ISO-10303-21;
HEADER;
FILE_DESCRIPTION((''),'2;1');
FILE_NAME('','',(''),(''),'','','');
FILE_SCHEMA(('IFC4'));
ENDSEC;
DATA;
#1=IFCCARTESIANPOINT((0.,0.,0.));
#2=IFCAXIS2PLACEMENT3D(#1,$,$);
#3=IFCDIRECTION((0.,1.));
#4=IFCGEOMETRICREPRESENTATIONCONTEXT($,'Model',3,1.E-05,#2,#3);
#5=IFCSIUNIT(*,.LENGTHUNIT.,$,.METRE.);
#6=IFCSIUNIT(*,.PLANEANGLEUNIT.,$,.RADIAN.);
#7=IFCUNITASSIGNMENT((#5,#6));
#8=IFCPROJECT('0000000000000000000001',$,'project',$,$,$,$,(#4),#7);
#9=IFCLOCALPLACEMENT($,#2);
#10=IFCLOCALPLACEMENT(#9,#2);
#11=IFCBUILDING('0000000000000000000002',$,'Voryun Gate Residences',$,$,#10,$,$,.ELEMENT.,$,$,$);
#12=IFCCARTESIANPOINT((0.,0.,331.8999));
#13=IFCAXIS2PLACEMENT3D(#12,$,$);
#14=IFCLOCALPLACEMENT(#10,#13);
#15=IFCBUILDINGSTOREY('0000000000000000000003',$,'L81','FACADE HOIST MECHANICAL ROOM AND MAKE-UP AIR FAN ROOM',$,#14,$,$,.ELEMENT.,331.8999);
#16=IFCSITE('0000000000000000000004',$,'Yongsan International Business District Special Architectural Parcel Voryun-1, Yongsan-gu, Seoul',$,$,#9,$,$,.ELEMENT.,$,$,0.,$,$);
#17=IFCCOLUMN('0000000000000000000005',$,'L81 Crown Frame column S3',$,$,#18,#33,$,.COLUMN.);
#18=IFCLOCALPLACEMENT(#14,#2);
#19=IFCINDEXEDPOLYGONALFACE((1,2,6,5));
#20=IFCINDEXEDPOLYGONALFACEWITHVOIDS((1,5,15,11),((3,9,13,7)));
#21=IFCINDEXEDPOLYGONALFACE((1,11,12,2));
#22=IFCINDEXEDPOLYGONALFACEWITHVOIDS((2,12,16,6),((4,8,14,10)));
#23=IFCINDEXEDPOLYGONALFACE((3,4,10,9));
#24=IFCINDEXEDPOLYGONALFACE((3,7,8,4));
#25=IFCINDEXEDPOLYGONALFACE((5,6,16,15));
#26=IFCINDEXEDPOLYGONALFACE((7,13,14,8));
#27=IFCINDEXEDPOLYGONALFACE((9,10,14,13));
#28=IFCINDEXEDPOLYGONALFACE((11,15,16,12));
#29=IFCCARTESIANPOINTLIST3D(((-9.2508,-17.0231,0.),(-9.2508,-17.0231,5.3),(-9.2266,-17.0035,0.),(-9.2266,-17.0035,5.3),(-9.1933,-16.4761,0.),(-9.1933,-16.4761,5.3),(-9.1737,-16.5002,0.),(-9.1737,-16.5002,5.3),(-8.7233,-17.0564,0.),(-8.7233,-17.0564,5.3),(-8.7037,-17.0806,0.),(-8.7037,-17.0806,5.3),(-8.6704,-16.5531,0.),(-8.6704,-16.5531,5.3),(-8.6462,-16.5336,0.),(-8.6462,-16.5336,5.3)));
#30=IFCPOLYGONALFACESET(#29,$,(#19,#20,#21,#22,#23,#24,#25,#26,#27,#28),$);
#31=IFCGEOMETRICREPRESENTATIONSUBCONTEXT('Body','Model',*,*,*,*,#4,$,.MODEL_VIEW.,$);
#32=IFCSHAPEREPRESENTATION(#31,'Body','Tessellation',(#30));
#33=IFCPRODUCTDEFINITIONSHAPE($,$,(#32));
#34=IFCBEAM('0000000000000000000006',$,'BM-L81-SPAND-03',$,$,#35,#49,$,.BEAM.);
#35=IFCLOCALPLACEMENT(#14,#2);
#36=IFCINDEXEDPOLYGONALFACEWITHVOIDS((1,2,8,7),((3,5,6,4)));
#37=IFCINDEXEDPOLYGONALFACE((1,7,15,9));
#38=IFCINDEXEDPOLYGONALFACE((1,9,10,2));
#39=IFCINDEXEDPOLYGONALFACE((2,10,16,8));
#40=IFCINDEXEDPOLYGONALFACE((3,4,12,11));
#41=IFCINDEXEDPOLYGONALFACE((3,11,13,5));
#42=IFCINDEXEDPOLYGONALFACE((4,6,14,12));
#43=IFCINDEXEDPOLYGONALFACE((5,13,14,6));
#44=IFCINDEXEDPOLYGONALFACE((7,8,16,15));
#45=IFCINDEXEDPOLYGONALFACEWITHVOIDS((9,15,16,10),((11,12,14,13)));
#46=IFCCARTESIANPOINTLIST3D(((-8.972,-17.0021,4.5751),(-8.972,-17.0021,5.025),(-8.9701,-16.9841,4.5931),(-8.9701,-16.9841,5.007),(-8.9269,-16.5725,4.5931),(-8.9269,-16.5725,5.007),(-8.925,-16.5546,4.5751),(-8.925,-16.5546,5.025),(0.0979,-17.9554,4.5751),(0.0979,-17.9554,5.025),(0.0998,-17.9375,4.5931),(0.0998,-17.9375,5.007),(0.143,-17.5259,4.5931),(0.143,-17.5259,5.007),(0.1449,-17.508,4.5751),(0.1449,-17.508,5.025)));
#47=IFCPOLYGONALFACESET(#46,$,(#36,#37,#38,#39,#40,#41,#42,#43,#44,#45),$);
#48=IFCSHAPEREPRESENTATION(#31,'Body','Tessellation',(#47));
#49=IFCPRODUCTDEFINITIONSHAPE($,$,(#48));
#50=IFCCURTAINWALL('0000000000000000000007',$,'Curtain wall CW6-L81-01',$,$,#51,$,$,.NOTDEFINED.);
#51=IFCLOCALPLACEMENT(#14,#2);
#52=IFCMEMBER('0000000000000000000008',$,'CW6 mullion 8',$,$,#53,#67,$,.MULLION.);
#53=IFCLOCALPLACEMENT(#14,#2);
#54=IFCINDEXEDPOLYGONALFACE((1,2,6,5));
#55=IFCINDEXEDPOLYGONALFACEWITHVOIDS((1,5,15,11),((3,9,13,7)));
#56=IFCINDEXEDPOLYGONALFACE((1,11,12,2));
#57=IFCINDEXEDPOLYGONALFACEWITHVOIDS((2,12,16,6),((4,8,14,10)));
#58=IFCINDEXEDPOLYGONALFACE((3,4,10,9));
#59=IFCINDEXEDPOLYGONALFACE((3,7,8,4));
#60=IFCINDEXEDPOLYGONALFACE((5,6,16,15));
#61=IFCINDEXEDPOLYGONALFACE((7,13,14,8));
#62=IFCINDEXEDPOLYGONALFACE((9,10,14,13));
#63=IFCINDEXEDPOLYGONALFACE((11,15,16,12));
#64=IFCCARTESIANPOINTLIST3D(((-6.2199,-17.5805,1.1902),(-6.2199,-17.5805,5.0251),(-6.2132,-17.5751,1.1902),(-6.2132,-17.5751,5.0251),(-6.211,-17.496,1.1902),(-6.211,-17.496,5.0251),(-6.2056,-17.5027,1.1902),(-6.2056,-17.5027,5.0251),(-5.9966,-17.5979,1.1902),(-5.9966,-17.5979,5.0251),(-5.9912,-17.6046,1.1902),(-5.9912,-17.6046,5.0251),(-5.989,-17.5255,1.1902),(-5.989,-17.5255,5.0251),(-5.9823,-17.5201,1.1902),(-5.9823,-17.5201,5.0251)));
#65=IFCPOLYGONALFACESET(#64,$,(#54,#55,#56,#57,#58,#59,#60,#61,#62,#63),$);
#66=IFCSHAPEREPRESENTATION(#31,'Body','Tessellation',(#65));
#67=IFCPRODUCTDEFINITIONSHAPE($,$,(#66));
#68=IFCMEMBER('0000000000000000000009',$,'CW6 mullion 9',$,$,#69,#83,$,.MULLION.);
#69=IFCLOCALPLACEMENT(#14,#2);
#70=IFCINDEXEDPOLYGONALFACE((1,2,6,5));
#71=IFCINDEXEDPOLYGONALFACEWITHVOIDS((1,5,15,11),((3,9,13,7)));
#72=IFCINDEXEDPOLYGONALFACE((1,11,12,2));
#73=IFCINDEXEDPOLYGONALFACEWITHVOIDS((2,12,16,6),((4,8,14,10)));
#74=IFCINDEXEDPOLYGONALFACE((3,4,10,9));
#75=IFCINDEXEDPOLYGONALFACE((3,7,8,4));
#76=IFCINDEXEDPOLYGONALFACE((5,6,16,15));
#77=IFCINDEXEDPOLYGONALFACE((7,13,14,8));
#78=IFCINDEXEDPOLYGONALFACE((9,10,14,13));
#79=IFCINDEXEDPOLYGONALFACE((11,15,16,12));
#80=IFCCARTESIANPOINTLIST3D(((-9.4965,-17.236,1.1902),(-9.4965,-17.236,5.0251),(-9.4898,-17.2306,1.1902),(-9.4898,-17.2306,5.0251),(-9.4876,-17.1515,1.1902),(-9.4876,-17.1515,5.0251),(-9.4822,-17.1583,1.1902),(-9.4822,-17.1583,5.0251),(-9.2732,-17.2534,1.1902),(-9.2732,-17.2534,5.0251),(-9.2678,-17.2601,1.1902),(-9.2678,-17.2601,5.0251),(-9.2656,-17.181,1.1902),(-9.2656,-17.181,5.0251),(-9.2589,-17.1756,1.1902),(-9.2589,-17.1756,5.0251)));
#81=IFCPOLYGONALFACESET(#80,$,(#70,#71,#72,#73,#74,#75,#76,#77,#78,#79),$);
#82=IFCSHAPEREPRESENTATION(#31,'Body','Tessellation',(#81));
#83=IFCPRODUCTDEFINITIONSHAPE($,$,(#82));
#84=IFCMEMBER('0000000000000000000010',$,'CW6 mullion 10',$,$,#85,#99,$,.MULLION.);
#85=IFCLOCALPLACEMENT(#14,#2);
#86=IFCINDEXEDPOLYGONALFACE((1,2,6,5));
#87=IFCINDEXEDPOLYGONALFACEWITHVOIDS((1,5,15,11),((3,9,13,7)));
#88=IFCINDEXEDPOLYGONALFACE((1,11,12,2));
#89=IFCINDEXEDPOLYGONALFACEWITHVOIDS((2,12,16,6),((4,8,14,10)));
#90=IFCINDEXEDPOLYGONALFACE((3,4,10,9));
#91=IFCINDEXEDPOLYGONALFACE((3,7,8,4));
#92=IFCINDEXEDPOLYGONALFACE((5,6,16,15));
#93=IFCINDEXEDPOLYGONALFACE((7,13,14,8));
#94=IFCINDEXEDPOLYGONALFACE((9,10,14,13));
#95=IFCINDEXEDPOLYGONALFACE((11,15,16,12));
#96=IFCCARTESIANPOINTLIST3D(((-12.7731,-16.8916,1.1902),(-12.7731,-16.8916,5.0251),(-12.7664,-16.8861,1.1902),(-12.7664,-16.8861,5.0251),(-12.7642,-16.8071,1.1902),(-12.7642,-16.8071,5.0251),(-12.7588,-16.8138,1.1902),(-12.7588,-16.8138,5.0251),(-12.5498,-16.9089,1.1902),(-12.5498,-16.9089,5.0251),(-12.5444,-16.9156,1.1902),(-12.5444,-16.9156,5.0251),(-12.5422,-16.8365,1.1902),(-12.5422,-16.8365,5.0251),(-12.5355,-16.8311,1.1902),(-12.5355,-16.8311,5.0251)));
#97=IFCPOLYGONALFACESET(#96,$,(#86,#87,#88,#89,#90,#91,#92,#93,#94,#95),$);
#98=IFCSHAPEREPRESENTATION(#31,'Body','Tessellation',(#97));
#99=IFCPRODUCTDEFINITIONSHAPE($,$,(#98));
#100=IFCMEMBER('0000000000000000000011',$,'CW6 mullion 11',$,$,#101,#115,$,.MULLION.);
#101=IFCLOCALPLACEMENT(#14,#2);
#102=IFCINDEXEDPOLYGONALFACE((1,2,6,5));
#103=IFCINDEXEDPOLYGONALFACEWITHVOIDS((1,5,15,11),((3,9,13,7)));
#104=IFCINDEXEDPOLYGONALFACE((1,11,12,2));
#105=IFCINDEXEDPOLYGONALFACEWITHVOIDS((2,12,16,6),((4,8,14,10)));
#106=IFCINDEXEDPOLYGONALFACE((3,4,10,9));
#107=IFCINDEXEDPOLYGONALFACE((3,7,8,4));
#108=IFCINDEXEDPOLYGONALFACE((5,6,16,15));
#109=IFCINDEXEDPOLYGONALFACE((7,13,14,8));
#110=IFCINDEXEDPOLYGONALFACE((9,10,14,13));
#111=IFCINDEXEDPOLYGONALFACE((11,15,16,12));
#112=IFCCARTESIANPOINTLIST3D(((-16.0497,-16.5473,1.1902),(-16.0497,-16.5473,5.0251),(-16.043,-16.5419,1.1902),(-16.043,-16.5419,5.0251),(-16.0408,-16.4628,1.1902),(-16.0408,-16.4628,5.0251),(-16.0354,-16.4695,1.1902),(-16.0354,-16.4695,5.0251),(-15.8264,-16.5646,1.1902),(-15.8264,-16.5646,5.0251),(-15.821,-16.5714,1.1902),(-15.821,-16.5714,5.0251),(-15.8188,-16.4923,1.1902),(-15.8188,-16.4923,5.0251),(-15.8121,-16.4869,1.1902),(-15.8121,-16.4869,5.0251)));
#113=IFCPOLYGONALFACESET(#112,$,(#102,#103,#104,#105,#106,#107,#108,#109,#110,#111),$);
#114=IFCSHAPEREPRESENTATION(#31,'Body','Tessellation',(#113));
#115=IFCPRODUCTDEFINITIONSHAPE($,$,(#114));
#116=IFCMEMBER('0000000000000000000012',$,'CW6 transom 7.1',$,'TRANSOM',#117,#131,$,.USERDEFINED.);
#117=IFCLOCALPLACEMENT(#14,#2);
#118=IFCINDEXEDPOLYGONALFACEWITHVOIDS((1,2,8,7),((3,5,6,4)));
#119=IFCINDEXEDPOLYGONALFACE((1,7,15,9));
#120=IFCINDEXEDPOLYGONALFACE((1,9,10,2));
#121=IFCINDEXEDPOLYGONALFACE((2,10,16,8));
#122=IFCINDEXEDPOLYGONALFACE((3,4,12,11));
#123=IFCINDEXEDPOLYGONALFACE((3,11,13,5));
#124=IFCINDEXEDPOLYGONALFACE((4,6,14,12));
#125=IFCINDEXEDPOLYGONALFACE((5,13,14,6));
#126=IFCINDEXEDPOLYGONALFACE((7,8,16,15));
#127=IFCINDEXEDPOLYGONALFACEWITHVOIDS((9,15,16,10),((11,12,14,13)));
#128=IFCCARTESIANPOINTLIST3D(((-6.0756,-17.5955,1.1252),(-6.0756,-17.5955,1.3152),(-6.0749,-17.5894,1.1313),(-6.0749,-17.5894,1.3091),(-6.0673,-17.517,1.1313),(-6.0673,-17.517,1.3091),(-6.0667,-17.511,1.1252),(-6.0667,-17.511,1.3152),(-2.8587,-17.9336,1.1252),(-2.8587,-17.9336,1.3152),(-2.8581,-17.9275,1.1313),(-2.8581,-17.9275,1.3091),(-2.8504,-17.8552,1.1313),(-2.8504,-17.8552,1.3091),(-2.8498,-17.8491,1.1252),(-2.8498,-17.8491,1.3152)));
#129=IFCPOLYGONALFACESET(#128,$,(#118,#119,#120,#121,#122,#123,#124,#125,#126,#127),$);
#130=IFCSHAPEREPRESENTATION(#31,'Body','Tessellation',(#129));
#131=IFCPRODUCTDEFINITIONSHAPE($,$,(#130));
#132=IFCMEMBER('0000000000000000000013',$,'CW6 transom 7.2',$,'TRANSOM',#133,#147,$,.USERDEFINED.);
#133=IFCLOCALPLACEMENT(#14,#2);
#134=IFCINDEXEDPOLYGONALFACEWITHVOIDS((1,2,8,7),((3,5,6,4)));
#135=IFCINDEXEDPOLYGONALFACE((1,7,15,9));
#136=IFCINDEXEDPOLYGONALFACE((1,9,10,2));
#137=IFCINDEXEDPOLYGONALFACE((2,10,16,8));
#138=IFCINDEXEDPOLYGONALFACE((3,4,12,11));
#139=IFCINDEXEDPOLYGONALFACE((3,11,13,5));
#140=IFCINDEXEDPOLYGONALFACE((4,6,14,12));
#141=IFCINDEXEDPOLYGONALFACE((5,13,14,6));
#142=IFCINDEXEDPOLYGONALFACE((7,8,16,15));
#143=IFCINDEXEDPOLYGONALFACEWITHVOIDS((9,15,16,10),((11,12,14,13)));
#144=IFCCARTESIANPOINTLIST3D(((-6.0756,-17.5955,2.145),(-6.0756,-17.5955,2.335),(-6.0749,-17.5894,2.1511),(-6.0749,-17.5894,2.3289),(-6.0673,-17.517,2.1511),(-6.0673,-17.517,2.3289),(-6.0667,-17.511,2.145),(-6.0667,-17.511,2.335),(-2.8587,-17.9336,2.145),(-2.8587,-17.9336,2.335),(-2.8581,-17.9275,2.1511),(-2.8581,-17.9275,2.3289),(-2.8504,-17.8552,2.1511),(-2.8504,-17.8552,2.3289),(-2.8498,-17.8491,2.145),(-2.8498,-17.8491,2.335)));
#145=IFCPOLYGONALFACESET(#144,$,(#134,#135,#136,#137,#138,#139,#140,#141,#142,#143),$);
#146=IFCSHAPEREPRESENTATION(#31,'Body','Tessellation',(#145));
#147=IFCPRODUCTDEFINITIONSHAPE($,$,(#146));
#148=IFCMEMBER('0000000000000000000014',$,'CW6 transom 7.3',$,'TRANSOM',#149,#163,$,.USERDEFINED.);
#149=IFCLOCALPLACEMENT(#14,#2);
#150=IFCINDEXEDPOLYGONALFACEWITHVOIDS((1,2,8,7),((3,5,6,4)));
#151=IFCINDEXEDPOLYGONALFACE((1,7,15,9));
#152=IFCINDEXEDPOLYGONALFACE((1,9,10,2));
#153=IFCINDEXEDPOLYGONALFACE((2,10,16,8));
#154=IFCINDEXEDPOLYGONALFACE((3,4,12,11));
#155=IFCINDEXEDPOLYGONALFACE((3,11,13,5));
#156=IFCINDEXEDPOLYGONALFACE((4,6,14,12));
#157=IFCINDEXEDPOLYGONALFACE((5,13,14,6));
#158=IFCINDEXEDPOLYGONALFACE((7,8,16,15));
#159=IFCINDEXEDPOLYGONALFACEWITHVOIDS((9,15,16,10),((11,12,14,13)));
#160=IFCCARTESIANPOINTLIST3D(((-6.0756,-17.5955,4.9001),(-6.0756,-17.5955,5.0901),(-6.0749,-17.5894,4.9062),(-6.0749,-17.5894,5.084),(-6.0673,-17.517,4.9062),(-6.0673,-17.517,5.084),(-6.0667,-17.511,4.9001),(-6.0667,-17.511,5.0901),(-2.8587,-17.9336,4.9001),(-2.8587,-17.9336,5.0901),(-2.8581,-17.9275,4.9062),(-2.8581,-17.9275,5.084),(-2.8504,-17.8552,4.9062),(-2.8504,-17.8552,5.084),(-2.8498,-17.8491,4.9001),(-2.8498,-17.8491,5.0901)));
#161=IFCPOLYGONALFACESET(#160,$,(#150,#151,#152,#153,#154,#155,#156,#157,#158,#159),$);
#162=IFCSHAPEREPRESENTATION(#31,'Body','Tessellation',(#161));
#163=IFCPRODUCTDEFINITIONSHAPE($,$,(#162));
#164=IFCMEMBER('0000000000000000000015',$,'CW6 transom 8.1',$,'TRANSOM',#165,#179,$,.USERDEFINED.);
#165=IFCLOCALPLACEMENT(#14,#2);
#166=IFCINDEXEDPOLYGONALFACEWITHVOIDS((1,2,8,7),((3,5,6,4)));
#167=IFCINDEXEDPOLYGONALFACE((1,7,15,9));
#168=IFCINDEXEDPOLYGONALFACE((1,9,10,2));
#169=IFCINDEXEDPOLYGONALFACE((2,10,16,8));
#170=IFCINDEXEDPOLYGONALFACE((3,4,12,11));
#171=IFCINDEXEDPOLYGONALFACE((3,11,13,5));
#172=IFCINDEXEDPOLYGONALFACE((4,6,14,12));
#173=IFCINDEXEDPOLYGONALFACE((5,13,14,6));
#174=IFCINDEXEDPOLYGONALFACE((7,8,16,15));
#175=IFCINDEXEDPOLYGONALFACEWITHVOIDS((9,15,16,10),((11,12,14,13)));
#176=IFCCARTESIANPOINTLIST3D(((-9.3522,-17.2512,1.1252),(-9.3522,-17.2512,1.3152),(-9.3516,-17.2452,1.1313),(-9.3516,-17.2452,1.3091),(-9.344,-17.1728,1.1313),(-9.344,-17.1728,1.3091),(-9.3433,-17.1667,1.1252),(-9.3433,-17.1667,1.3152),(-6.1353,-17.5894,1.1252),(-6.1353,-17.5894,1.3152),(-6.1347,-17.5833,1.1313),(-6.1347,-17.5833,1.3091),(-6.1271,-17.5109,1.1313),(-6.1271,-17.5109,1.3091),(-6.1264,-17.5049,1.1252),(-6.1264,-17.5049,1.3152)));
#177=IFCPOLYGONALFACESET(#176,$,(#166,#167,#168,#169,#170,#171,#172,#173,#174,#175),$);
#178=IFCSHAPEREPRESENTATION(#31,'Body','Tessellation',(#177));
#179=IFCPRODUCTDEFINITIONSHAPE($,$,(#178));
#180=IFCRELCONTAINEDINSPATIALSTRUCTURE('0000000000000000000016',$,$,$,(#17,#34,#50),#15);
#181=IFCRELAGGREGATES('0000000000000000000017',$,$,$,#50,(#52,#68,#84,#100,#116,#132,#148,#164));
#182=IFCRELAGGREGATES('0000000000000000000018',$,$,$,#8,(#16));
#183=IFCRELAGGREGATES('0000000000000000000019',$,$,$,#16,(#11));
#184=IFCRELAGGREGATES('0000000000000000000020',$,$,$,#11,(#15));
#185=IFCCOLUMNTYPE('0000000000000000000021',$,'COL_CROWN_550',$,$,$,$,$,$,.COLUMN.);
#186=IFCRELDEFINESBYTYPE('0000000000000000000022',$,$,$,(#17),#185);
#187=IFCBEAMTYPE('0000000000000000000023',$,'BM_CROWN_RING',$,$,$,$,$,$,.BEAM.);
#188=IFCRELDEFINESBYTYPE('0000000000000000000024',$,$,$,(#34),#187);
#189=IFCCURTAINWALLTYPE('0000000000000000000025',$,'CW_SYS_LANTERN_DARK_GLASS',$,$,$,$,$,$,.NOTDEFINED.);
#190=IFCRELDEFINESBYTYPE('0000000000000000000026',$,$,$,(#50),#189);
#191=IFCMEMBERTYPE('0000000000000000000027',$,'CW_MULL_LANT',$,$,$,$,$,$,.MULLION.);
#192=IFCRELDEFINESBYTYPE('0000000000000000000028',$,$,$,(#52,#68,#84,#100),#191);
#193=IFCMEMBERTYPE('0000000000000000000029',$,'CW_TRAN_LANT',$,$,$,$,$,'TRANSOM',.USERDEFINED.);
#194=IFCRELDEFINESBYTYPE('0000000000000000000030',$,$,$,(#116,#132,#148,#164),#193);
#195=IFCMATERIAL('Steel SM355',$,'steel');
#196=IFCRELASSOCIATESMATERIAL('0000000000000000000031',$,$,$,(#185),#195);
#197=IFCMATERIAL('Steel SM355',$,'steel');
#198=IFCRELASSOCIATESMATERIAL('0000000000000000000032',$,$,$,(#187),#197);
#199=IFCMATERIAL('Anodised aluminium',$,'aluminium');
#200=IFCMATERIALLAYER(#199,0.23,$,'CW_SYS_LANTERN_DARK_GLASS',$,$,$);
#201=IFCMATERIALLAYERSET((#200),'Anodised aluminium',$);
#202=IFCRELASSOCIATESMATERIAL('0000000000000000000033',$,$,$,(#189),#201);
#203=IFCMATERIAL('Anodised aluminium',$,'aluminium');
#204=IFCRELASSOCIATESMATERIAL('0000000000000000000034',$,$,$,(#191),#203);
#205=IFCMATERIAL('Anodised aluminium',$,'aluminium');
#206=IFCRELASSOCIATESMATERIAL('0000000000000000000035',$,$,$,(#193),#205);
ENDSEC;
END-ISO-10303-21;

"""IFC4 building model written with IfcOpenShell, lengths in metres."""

from ifc_helpers import new_model, si_unit, direction, frame, origin, origin_2d, place, context, subcontext, project, spatial, hollow_rectangle, extrude, material, layer, layer_set, material_profile, profile_set, type_object, element, aggregate, save


model = new_model("IFC4")

# Units and contexts
model_context = context("Model", 3, precision=1e-05, world=origin(), true_north=direction((0.0, 1.0)))
body_context = subcontext(model_context, "Body", "Model", "MODEL_VIEW")
ifc_project = project(units=[si_unit("LENGTHUNIT", "METRE"), si_unit("PLANEANGLEUNIT", "RADIAN")], contexts=[model_context])

# Site, building, storey
site_placement = place(None, origin())
site = spatial("IfcSite", under=ifc_project, at=site_placement, Name="Yongsan International Business District Special Architectural Parcel Voryun-1, Yongsan-gu, Seoul", CompositionType="ELEMENT", RefElevation=0.0)
building_placement = place(site_placement, origin())
building = spatial("IfcBuilding", under=site, at=building_placement, Name="Voryun Gate Residences", CompositionType="ELEMENT")
storey_placement = place(building_placement, frame((0.0, 0.0, 331.8999)))
storey = spatial("IfcBuildingStorey", under=building, at=storey_placement, Name="L81", Description="FACADE HOIST MECHANICAL ROOM AND MAKE-UP AIR FAN ROOM", CompositionType="ELEMENT", Elevation=331.8999)

# Column
ifc_material_1 = material(Name="Steel SM355", Category="steel")
ifc_material_profile_1 = material_profile(ifc_material_1, hollow_rectangle(XDim=0.55, YDim=0.55, WallThickness=0.022, at=origin_2d()), Name="BOX-550x550x22")
ifc_profile_set_1 = profile_set([ifc_material_profile_1], Name="Steel SM355")
column_type = type_object("IfcColumnType", Name="COL_CROWN_550", PredefinedType="COLUMN", material=ifc_profile_set_1)
column_placement = place(storey_placement, frame((-8.9485, -16.7783, 0.0), z_axis=(0.0, 0.0, 1.0), x_axis=(0.994522, -0.104528, 0.0)))
element("IfcColumn", 1, at=column_placement, inside=storey, type_object=column_type, Name="L81 Crown Frame column S3", PredefinedType="COLUMN", context=body_context, shape_type="SweptSolid", body=[
    extrude(hollow_rectangle(XDim=0.55, YDim=0.55, WallThickness=0.022, at=origin_2d()), origin(), (0.0, 0.0, 1.0), 5.3),
])

# Beam
ifc_material_2 = material(Name="Steel SM355", Category="steel")
ifc_material_profile_2 = material_profile(ifc_material_2, hollow_rectangle(XDim=0.45, YDim=0.45, WallThickness=0.0181, at=origin_2d()), Name="BOX-450x450x18")
ifc_profile_set_2 = profile_set([ifc_material_profile_2], Name="Steel SM355")
beam_type = type_object("IfcBeamType", Name="BM_CROWN_RING", PredefinedType="BEAM", material=ifc_profile_set_2)
beam_placement = place(storey_placement, frame((-8.9485, -16.7783, 4.8), z_axis=(0.994521, -0.104538, 0.0), x_axis=(0.104538, 0.994521, 0.0)))
element("IfcBeam", 2, at=beam_placement, inside=storey, type_object=beam_type, Name="BM-L81-SPAND-03", PredefinedType="BEAM", context=body_context, shape_type="SweptSolid", body=[
    extrude(hollow_rectangle(XDim=0.45, YDim=0.45, WallThickness=0.0181, at=origin_2d()), origin(), (0.0, 0.0, 1.0), 9.1199),
])

# Curtain wall, members
ifc_material_3 = material(Name="Anodised aluminium", Category="aluminium")
ifc_layer_1 = layer(ifc_material_3, 0.23, Name="CW_SYS_LANTERN_DARK_GLASS")
ifc_layer_set_1 = layer_set([ifc_layer_1], Name="Anodised aluminium")
curtain_wall_type = type_object("IfcCurtainWallType", Name="CW_SYS_LANTERN_DARK_GLASS", PredefinedType="NOTDEFINED", material=ifc_layer_set_1)
curtain_wall_placement = place(storey_placement, origin())
curtain_wall = element("IfcCurtainWall", 3, at=curtain_wall_placement, inside=storey, type_object=curtain_wall_type, Name="Curtain wall CW6-L81-01", PredefinedType="NOTDEFINED")
ifc_material_4 = material(Name="Anodised aluminium", Category="aluminium")
ifc_material_profile_3 = material_profile(ifc_material_4, hollow_rectangle(XDim=0.085, YDim=0.23, WallThickness=0.0061, at=origin_2d()), Name="ALU-MULL-230x85x6")
ifc_profile_set_3 = profile_set([ifc_material_profile_3], Name="Anodised aluminium")
member_type_1 = type_object("IfcMemberType", Name="CW_MULL_LANT", PredefinedType="MULLION", material=ifc_profile_set_3)
member_1_placement = place(storey_placement, frame((-6.1011, -17.5503, 1.1902), z_axis=(0.0, 0.0, 1.0), x_axis=(-0.104528, -0.994522, 0.0)))
member_1 = element("IfcMember", 4, at=member_1_placement, type_object=member_type_1, Name="CW6 mullion 8", PredefinedType="MULLION", context=body_context, shape_type="SweptSolid", body=[
    extrude(hollow_rectangle(XDim=0.085, YDim=0.23, WallThickness=0.0061, at=origin_2d()), origin(), (0.0, 0.0, 1.0), 3.835),
])
member_2_placement = place(storey_placement, frame((-9.3777, -17.2058, 1.1902), z_axis=(0.0, 0.0, 1.0), x_axis=(-0.104528, -0.994522, 0.0)))
member_2 = element("IfcMember", 5, at=member_2_placement, type_object=member_type_1, Name="CW6 mullion 9", PredefinedType="MULLION", context=body_context, shape_type="SweptSolid", body=[
    extrude(hollow_rectangle(XDim=0.085, YDim=0.23, WallThickness=0.0061, at=origin_2d()), origin(), (0.0, 0.0, 1.0), 3.835),
])
member_3_placement = place(storey_placement, frame((-12.6543, -16.8613, 1.1902), z_axis=(0.0, 0.0, 1.0), x_axis=(-0.104528, -0.994522, 0.0)))
member_3 = element("IfcMember", 6, at=member_3_placement, type_object=member_type_1, Name="CW6 mullion 10", PredefinedType="MULLION", context=body_context, shape_type="SweptSolid", body=[
    extrude(hollow_rectangle(XDim=0.085, YDim=0.23, WallThickness=0.0061, at=origin_2d()), origin(), (0.0, 0.0, 1.0), 3.835),
])
member_4_placement = place(storey_placement, frame((-15.9309, -16.5171, 1.1902), z_axis=(0.0, 0.0, 1.0), x_axis=(-0.104528, -0.994522, 0.0)))
member_4 = element("IfcMember", 7, at=member_4_placement, type_object=member_type_1, Name="CW6 mullion 11", PredefinedType="MULLION", context=body_context, shape_type="SweptSolid", body=[
    extrude(hollow_rectangle(XDim=0.085, YDim=0.23, WallThickness=0.0061, at=origin_2d()), origin(), (0.0, 0.0, 1.0), 3.835),
])
ifc_material_5 = material(Name="Anodised aluminium", Category="aluminium")
ifc_material_profile_4 = material_profile(ifc_material_5, hollow_rectangle(XDim=0.085, YDim=0.1899, WallThickness=0.0061, at=origin_2d()), Name="ALU-TRAN-190x85x6")
ifc_profile_set_4 = profile_set([ifc_material_profile_4], Name="Anodised aluminium")
member_type_2 = type_object("IfcMemberType", Name="CW_TRAN_LANT", ElementType="TRANSOM", PredefinedType="USERDEFINED", material=ifc_profile_set_4)
member_5_placement = place(storey_placement, frame((-2.8542, -17.8914, 1.2202), z_axis=(-0.994521, 0.104539, 0.0), x_axis=(-0.104539, -0.994521, 0.0)))
member_5 = element("IfcMember", 8, at=member_5_placement, type_object=member_type_2, Name="CW6 transom 7.1", ObjectType="TRANSOM", PredefinedType="USERDEFINED", context=body_context, shape_type="SweptSolid", body=[
    extrude(hollow_rectangle(XDim=0.085, YDim=0.1899, WallThickness=0.0061, at=origin_2d()), origin(), (0.0, 0.0, 1.0), 3.2346),
])
member_6_placement = place(storey_placement, frame((-2.8542, -17.8914, 2.24), z_axis=(-0.994521, 0.104539, 0.0), x_axis=(-0.104539, -0.994521, 0.0)))
member_6 = element("IfcMember", 9, at=member_6_placement, type_object=member_type_2, Name="CW6 transom 7.2", ObjectType="TRANSOM", PredefinedType="USERDEFINED", context=body_context, shape_type="SweptSolid", body=[
    extrude(hollow_rectangle(XDim=0.085, YDim=0.1899, WallThickness=0.0061, at=origin_2d()), origin(), (0.0, 0.0, 1.0), 3.2346),
])
member_7_placement = place(storey_placement, frame((-2.8542, -17.8914, 4.9951), z_axis=(-0.994521, 0.104539, 0.0), x_axis=(-0.104539, -0.994521, 0.0)))
member_7 = element("IfcMember", 10, at=member_7_placement, type_object=member_type_2, Name="CW6 transom 7.3", ObjectType="TRANSOM", PredefinedType="USERDEFINED", context=body_context, shape_type="SweptSolid", body=[
    extrude(hollow_rectangle(XDim=0.085, YDim=0.1899, WallThickness=0.0061, at=origin_2d()), origin(), (0.0, 0.0, 1.0), 3.2346),
])
member_8_placement = place(storey_placement, frame((-6.1309, -17.5471, 1.2202), z_axis=(-0.994521, 0.104539, 0.0), x_axis=(-0.104539, -0.994521, 0.0)))
member_8 = element("IfcMember", 11, at=member_8_placement, type_object=member_type_2, Name="CW6 transom 8.1", ObjectType="TRANSOM", PredefinedType="USERDEFINED", context=body_context, shape_type="SweptSolid", body=[
    extrude(hollow_rectangle(XDim=0.085, YDim=0.1899, WallThickness=0.0061, at=origin_2d()), origin(), (0.0, 0.0, 1.0), 3.2346),
])

aggregate(curtain_wall, [member_1, member_2, member_3, member_4, member_5, member_6, member_7, member_8])

save(model, "model.ifc")
